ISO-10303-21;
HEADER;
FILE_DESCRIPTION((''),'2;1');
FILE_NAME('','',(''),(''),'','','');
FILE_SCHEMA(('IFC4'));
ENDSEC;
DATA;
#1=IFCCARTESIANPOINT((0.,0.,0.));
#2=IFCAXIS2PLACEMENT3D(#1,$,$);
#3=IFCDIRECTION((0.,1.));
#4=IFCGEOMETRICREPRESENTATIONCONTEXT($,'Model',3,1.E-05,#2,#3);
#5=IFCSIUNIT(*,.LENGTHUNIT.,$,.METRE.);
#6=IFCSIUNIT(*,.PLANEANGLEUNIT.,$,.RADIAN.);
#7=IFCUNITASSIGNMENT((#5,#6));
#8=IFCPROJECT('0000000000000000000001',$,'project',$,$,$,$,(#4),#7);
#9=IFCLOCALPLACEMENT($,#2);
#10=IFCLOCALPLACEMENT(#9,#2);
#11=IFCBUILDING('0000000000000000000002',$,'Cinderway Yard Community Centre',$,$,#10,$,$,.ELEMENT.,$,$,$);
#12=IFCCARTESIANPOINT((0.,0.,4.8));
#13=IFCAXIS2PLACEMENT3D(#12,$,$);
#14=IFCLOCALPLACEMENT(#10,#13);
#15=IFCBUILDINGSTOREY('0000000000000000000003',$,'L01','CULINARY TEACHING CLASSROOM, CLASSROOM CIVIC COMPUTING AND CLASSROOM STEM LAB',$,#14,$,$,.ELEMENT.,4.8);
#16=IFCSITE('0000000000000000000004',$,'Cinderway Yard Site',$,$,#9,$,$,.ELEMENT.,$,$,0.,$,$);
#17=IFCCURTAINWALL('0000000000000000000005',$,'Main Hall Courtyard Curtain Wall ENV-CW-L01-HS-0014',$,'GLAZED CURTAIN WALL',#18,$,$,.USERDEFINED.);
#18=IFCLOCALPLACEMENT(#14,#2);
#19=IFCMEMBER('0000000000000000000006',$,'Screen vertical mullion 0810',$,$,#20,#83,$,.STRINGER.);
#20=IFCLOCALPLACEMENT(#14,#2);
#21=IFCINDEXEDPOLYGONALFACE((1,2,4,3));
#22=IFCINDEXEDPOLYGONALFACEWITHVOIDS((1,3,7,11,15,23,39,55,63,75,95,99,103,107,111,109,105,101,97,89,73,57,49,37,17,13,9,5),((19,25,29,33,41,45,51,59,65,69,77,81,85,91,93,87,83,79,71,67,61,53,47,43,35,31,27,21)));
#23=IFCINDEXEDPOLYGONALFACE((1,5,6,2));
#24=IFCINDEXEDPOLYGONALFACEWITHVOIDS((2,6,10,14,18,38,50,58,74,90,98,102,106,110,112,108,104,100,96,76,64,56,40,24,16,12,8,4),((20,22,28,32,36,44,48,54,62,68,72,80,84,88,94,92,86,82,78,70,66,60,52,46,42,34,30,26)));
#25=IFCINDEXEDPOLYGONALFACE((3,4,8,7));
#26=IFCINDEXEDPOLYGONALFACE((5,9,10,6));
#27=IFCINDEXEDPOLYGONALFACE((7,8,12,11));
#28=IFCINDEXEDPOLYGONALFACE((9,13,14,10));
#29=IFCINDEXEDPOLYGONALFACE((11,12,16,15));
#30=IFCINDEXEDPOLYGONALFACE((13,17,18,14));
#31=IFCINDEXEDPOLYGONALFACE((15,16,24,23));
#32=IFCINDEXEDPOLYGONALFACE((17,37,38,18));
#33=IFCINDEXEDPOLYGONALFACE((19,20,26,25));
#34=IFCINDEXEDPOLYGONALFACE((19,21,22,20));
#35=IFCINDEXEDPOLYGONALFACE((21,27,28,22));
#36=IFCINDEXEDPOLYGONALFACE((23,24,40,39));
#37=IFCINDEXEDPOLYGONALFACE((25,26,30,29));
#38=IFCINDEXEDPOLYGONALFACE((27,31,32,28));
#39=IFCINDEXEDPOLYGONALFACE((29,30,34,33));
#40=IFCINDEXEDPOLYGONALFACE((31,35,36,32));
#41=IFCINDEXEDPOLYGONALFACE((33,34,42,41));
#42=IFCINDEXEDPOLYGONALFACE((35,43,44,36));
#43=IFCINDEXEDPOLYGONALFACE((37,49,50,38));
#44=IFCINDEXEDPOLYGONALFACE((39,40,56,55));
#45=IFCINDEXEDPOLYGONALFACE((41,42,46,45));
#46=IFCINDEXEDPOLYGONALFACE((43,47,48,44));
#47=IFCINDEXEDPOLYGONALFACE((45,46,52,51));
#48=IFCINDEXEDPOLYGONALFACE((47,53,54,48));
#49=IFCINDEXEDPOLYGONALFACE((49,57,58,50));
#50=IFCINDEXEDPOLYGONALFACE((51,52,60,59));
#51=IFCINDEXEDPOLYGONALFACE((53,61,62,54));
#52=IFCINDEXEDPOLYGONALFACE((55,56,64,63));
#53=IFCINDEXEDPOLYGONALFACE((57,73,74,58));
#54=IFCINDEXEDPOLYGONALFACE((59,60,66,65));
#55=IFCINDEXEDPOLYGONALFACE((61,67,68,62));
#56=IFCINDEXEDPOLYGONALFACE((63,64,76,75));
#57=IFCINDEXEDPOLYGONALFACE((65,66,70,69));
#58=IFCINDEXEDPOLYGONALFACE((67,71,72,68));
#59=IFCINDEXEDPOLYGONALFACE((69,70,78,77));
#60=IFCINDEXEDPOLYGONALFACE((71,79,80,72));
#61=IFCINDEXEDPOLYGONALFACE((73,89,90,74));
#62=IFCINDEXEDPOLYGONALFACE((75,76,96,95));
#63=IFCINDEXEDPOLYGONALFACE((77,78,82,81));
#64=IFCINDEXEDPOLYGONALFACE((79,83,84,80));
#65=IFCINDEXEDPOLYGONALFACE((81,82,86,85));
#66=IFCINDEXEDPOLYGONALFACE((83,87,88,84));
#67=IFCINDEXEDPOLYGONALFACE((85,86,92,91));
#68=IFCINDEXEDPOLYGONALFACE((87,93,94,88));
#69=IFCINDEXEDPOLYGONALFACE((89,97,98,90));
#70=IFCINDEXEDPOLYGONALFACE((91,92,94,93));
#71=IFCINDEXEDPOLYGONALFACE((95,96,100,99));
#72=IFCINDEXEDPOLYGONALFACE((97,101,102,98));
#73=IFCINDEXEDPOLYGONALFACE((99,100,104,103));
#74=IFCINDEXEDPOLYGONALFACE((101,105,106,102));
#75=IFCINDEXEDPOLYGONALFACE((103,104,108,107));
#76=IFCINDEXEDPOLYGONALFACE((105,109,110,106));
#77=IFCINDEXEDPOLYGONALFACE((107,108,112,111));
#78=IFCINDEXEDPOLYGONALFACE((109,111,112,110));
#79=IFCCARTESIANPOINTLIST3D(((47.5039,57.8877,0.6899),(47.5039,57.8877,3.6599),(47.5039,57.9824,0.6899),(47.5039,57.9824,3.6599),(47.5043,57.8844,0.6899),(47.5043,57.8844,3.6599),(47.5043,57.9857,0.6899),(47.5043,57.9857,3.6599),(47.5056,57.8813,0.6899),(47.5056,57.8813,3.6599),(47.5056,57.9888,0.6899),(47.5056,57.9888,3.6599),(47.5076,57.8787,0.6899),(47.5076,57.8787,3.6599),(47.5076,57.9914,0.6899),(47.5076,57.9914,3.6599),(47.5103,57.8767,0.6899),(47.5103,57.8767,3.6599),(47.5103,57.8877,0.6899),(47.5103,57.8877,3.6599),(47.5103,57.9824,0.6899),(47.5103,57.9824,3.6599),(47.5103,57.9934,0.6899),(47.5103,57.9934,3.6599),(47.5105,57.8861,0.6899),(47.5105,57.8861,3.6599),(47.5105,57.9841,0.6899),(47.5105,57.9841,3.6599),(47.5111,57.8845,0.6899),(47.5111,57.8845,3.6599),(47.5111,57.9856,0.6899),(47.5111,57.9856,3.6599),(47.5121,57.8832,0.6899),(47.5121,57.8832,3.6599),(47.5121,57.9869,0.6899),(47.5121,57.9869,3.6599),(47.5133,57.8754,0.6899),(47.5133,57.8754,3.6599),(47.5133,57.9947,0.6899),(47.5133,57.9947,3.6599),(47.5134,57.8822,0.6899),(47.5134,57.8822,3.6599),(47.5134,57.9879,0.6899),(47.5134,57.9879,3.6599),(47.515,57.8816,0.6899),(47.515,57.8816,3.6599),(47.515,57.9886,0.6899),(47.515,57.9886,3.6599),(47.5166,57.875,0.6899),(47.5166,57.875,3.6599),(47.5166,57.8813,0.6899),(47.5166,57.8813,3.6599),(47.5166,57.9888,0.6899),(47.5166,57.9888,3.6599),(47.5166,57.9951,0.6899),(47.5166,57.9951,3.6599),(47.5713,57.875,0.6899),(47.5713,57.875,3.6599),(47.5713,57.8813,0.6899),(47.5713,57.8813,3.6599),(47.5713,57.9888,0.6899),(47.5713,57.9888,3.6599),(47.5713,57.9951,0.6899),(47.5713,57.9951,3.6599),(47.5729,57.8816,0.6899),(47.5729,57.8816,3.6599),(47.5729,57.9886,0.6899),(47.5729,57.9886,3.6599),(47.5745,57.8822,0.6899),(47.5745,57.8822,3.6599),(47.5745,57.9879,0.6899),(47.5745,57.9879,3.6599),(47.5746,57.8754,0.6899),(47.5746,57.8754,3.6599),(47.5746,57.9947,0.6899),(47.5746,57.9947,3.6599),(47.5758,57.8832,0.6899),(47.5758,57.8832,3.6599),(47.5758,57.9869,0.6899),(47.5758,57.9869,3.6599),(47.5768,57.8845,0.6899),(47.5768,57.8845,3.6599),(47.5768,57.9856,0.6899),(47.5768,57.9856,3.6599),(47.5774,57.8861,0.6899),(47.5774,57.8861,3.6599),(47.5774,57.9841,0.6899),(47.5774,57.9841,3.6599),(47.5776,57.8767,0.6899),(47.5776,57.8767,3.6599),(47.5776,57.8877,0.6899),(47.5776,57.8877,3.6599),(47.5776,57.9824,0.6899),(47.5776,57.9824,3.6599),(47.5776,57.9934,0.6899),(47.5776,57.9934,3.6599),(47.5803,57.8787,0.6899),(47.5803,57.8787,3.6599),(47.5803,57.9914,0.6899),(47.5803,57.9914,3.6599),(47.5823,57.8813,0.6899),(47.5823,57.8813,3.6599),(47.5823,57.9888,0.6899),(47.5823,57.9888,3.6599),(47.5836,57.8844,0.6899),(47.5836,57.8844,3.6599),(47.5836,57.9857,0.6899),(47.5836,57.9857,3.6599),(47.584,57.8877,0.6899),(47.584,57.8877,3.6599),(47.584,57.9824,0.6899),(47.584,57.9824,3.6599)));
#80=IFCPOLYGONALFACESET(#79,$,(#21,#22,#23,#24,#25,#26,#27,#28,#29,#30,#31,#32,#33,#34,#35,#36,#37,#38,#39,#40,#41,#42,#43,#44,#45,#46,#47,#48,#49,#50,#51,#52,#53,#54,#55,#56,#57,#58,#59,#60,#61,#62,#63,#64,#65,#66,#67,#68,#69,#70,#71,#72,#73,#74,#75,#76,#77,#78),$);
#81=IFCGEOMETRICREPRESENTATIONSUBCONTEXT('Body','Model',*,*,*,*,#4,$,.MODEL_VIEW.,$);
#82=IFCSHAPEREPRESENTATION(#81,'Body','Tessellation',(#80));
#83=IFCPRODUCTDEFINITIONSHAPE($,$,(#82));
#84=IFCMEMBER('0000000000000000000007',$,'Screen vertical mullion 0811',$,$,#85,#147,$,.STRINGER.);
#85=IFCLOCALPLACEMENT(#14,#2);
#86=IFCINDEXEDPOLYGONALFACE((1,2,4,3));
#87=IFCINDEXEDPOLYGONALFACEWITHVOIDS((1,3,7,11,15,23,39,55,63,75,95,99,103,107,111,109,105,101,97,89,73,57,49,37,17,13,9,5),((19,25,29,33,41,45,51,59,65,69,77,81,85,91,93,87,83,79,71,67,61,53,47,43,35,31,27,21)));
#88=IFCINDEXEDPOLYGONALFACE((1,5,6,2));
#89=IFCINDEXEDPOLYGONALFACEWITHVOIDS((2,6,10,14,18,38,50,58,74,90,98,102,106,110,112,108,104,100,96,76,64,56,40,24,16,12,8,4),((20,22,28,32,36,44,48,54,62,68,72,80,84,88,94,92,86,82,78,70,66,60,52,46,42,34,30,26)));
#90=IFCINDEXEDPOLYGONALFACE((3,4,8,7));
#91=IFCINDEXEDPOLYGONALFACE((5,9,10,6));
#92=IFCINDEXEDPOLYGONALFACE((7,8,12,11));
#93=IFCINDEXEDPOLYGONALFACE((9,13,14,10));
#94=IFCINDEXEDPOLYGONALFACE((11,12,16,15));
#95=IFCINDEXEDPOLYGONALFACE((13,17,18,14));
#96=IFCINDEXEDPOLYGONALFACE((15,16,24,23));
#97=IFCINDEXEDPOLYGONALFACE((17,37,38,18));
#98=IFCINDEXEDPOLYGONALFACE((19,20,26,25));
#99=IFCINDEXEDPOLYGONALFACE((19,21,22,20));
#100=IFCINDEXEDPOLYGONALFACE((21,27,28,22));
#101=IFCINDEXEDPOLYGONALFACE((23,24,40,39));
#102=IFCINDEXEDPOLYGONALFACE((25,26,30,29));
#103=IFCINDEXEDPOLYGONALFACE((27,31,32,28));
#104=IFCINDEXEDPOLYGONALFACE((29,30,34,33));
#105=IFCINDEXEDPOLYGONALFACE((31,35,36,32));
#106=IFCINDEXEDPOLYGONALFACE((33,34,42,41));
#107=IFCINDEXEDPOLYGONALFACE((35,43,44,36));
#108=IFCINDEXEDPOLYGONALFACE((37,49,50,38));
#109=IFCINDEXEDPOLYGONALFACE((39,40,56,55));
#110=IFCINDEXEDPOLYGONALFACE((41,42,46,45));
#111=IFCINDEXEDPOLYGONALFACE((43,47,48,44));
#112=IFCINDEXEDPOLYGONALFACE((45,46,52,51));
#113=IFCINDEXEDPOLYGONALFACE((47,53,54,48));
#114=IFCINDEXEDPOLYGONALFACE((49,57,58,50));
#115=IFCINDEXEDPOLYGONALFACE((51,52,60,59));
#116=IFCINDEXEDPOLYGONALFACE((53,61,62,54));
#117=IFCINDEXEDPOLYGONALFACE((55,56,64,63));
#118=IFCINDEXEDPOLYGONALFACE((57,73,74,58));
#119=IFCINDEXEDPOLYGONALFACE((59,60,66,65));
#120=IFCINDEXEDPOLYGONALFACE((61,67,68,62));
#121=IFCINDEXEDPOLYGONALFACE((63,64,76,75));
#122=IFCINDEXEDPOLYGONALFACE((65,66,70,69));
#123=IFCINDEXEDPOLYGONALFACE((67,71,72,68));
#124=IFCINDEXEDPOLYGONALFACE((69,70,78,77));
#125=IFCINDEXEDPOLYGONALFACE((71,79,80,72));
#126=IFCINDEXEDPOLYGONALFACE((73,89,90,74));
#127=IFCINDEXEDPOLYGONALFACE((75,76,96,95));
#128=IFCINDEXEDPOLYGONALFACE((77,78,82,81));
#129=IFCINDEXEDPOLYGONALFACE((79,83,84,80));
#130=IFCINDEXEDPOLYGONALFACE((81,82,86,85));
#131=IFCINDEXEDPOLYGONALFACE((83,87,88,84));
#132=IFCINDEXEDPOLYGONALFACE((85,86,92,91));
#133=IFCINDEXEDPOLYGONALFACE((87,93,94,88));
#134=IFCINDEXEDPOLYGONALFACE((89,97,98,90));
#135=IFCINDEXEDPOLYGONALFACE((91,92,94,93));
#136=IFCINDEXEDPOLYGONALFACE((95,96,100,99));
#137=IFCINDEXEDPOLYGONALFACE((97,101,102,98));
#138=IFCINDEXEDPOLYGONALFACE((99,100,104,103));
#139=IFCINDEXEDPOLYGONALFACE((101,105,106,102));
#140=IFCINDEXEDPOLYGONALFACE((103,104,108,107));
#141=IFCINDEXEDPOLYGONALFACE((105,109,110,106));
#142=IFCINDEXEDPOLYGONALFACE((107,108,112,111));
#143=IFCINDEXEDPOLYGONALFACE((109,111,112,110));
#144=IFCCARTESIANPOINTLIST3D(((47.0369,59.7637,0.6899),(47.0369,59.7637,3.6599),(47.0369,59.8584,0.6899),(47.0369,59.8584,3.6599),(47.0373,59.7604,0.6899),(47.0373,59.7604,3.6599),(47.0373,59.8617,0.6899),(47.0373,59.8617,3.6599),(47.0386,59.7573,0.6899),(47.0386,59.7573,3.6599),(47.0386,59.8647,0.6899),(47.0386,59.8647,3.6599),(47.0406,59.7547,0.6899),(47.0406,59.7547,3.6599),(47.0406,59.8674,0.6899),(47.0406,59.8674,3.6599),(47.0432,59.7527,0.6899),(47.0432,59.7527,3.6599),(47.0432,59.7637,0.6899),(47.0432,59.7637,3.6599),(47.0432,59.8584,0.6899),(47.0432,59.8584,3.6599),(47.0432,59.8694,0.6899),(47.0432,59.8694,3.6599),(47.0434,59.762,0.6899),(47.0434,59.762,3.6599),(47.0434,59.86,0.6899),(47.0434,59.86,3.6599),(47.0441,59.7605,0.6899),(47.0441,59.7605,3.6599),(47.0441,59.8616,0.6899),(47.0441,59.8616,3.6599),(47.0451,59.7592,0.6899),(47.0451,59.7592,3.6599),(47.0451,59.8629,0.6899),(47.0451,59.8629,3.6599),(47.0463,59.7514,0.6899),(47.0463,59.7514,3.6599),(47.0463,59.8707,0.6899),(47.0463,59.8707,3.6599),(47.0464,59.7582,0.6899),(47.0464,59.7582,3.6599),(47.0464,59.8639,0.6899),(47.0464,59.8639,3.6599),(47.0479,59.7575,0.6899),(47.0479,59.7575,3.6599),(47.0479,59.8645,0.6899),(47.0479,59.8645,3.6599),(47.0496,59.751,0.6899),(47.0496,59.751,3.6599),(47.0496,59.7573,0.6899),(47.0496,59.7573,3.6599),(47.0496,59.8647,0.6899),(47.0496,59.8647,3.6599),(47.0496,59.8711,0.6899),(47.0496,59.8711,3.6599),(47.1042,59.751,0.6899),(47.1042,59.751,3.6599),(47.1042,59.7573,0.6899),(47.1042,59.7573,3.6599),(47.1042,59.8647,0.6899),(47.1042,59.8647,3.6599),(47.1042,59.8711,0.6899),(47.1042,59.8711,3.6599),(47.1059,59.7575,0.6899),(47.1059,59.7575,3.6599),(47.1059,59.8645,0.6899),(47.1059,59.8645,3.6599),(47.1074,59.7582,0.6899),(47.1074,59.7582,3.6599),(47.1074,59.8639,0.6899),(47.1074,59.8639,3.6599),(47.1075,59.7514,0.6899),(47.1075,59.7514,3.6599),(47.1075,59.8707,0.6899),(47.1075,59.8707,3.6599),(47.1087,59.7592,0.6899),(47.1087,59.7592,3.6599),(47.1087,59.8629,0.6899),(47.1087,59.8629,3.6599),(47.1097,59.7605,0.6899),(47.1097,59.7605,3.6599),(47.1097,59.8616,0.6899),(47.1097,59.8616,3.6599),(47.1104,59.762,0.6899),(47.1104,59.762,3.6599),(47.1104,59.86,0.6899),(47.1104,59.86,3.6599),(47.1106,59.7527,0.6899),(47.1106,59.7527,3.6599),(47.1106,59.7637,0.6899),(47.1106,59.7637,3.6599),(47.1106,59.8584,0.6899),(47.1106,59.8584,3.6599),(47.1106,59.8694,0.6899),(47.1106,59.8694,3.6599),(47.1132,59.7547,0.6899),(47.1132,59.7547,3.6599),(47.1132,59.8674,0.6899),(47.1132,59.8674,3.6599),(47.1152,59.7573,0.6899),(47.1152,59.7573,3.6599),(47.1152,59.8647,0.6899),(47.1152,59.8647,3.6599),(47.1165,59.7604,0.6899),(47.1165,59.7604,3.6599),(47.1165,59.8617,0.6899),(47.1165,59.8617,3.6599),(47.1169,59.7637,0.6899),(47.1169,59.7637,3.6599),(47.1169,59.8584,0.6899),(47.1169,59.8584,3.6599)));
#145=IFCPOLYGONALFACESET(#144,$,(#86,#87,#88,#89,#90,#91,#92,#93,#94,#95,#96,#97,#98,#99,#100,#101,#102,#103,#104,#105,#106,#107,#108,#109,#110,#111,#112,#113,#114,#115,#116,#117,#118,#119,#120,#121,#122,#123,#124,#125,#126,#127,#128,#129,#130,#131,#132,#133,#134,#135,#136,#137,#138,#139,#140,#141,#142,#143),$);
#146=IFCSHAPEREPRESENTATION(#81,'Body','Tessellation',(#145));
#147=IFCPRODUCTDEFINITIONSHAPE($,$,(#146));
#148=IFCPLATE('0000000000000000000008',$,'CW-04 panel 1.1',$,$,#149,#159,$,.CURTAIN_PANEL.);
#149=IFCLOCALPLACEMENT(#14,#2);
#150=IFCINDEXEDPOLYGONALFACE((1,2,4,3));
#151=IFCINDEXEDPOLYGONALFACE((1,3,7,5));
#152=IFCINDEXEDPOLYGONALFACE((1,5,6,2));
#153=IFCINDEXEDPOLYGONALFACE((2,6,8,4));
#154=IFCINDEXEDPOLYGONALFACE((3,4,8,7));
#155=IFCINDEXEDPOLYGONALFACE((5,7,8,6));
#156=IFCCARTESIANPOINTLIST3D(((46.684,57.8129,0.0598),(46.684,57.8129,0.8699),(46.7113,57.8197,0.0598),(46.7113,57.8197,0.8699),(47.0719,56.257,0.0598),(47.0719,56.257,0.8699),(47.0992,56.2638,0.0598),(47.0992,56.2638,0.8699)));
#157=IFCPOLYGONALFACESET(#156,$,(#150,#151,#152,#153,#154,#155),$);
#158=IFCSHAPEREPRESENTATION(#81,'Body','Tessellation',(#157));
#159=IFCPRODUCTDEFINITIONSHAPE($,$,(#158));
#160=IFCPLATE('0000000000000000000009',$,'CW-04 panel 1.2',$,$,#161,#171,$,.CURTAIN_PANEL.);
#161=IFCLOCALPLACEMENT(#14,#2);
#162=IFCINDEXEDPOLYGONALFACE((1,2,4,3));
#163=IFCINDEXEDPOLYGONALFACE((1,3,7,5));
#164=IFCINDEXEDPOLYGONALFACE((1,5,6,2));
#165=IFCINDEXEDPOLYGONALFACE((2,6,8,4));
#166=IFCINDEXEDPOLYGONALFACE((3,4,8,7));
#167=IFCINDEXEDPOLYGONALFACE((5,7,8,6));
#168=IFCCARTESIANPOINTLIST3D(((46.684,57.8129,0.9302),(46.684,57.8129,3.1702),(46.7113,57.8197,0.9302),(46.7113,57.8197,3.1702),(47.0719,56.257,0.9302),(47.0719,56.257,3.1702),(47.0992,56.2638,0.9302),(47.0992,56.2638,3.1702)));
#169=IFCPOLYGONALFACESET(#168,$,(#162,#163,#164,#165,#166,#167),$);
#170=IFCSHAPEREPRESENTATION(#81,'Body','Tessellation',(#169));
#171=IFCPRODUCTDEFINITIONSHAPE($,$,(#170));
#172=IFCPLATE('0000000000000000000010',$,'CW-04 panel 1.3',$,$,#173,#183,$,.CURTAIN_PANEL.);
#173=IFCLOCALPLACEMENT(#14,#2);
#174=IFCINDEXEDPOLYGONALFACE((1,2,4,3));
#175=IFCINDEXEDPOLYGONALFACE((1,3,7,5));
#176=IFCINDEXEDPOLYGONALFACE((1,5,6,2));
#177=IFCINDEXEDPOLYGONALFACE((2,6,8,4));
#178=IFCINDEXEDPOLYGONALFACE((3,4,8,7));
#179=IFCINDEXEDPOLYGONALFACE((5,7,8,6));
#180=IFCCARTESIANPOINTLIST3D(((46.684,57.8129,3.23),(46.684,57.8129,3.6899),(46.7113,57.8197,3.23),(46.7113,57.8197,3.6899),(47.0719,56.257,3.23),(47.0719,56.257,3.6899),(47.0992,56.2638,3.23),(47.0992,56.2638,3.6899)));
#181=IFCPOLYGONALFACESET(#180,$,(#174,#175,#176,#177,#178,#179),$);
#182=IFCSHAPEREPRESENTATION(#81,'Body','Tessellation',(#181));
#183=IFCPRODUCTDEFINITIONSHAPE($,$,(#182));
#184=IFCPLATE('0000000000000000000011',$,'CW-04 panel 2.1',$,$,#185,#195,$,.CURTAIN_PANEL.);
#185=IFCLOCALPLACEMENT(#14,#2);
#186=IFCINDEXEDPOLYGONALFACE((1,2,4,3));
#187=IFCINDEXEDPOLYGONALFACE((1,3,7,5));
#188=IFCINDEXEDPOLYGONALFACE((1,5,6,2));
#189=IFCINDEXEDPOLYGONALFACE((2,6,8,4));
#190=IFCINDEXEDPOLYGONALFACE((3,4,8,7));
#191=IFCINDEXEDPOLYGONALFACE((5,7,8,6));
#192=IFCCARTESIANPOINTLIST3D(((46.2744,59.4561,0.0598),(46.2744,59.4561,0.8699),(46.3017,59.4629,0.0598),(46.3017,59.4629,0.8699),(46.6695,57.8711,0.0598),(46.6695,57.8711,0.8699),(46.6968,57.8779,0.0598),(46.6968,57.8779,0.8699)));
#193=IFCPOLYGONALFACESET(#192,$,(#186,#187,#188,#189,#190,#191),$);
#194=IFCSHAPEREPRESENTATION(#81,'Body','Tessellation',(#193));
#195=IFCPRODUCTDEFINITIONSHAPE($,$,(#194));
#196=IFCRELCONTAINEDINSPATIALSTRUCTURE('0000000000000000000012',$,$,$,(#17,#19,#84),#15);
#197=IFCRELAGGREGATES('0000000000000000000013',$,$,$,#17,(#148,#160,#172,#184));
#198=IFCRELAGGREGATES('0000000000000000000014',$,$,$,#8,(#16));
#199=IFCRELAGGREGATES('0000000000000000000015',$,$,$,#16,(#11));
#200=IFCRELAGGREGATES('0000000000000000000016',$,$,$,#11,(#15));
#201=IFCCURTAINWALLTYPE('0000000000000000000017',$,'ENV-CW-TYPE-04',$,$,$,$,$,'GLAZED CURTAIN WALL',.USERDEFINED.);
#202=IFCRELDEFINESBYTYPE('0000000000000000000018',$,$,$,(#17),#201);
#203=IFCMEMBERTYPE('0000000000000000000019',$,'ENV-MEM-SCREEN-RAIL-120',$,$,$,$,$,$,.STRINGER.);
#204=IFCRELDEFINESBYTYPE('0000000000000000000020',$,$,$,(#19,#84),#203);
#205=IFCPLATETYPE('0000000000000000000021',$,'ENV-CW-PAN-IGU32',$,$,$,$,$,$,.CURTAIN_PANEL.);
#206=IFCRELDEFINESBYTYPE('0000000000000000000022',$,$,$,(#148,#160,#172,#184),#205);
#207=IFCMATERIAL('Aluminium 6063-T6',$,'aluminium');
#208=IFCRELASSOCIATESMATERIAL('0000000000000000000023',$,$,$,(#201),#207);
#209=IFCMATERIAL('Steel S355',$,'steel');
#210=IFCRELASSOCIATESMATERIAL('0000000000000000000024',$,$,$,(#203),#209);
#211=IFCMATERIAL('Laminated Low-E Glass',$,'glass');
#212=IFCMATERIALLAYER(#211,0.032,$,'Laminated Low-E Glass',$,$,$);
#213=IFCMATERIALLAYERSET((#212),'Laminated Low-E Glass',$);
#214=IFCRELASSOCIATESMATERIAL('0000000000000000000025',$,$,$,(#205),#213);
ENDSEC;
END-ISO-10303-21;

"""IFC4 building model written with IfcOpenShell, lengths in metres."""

from ifc_helpers import new_model, si_unit, direction, frame, origin, origin_2d, place, context, subcontext, project, spatial, rectangle, hollow_rectangle, extrude, material, layer, layer_set, material_profile, profile_set, type_object, element, aggregate, save


model = new_model("IFC4")

# Units and contexts
model_context = context("Model", 3, precision=1e-05, world=origin(), true_north=direction((0.0, 1.0)))
body_context = subcontext(model_context, "Body", "Model", "MODEL_VIEW")
ifc_project = project(units=[si_unit("LENGTHUNIT", "METRE"), si_unit("PLANEANGLEUNIT", "RADIAN")], contexts=[model_context])

# Site, building, storey
site_placement = place(None, origin())
site = spatial("IfcSite", under=ifc_project, at=site_placement, Name="Cinderway Yard Site", CompositionType="ELEMENT", RefElevation=0.0)
building_placement = place(site_placement, origin())
building = spatial("IfcBuilding", under=site, at=building_placement, Name="Cinderway Yard Community Centre", CompositionType="ELEMENT")
storey_placement = place(building_placement, frame((0.0, 0.0, 4.8)))
storey = spatial("IfcBuildingStorey", under=building, at=storey_placement, Name="L01", Description="CULINARY TEACHING CLASSROOM, CLASSROOM CIVIC COMPUTING AND CLASSROOM STEM LAB", CompositionType="ELEMENT", Elevation=4.8)

# Curtain wall
ifc_material_1 = material(Name="Aluminium 6063-T6", Category="aluminium")
curtain_wall_type = type_object("IfcCurtainWallType", Name="ENV-CW-TYPE-04", ElementType="GLAZED CURTAIN WALL", PredefinedType="USERDEFINED", material=ifc_material_1)
curtain_wall_placement = place(storey_placement, origin())
curtain_wall = element("IfcCurtainWall", 1, at=curtain_wall_placement, inside=storey, type_object=curtain_wall_type, Name="Main Hall Courtyard Curtain Wall ENV-CW-L01-HS-0014", ObjectType="GLAZED CURTAIN WALL", PredefinedType="USERDEFINED")

# Members
ifc_material_2 = material(Name="Steel S355", Category="steel")
ifc_material_profile_1 = material_profile(ifc_material_2, hollow_rectangle(XDim=0.0801, YDim=0.1201, WallThickness=0.0063, InnerFilletRadius=0.0063, OuterFilletRadius=0.0127, at=origin_2d()), Name="Steel S355")
ifc_profile_set_1 = profile_set([ifc_material_profile_1], Name="Steel S355")
member_type_1 = type_object("IfcMemberType", Name="ENV-MEM-SCREEN-RAIL-120", PredefinedType="STRINGER", material=ifc_profile_set_1)
for number, where, z_axis, x_axis, name in (
    (2, (47.5439, 57.9351, 0.6899), (0.0, 0.0, 1.0), (1.0, 0.0, 0.0), "Screen vertical mullion 0810"),
    (3, (47.0769, 59.811, 0.6899), (0.0, 0.0, 1.0), (1.0, 0.0, 0.0), "Screen vertical mullion 0811"),
):
    element("IfcMember", number, at=place(storey_placement, frame(where, z_axis=z_axis, x_axis=x_axis)), inside=storey, type_object=member_type_1, Name=name, PredefinedType="STRINGER", context=body_context, shape_type="SweptSolid", body=[
        extrude(hollow_rectangle(XDim=0.0801, YDim=0.1201, WallThickness=0.0063, InnerFilletRadius=0.0063, OuterFilletRadius=0.0127, at=origin_2d()), origin(), (0.0, 0.0, 1.0), 2.97),
    ])

# Plates
ifc_material_3 = material(Name="Laminated Low-E Glass", Category="glass")
ifc_layer_1 = layer(ifc_material_3, 0.032, Name="Laminated Low-E Glass")
ifc_layer_set_1 = layer_set([ifc_layer_1], Name="Laminated Low-E Glass")
plate_type_1 = type_object("IfcPlateType", Name="ENV-CW-PAN-IGU32", PredefinedType="CURTAIN_PANEL", material=ifc_layer_set_1)
plate_1_placement = place(storey_placement, frame((46.8916, 57.0383, 0.0598), z_axis=(0.0, 0.0, 1.0), x_axis=(-0.241887, 0.970304, 0.0)))
plate_1 = element("IfcPlate", 4, at=plate_1_placement, type_object=plate_type_1, Name="CW-04 panel 1.1", PredefinedType="CURTAIN_PANEL", context=body_context, shape_type="SweptSolid", body=[
    extrude(rectangle(XDim=1.6035, YDim=0.0281, at=origin_2d()), origin(), (0.0, 0.0, 1.0), 0.8101),
])
plate_2_placement = place(storey_placement, frame((46.8916, 57.0383, 0.9302), z_axis=(0.0, 0.0, 1.0), x_axis=(-0.241887, 0.970304, 0.0)))
plate_2 = element("IfcPlate", 5, at=plate_2_placement, type_object=plate_type_1, Name="CW-04 panel 1.2", PredefinedType="CURTAIN_PANEL", context=body_context, shape_type="SweptSolid", body=[
    extrude(rectangle(XDim=1.6035, YDim=0.0281, at=origin_2d()), origin(), (0.0, 0.0, 1.0), 2.24),
])
plate_3_placement = place(storey_placement, frame((46.8916, 57.0383, 3.23), z_axis=(0.0, 0.0, 1.0), x_axis=(-0.241887, 0.970304, 0.0)))
plate_3 = element("IfcPlate", 6, at=plate_3_placement, type_object=plate_type_1, Name="CW-04 panel 1.3", PredefinedType="CURTAIN_PANEL", context=body_context, shape_type="SweptSolid", body=[
    extrude(rectangle(XDim=1.6035, YDim=0.0281, at=origin_2d()), origin(), (0.0, 0.0, 1.0), 0.46),
])
plate_4_placement = place(storey_placement, frame((46.4856, 58.667, 0.0598), z_axis=(0.0, 0.0, 1.0), x_axis=(-0.241887, 0.970304, 0.0)))
plate_4 = element("IfcPlate", 7, at=plate_4_placement, type_object=plate_type_1, Name="CW-04 panel 2.1", PredefinedType="CURTAIN_PANEL", context=body_context, shape_type="SweptSolid", body=[
    extrude(rectangle(XDim=1.6335, YDim=0.0281, at=origin_2d()), origin(), (0.0, 0.0, 1.0), 0.8101),
])
aggregate(curtain_wall, [plate_1, plate_2, plate_3, plate_4])

save(model, "model.ifc")
